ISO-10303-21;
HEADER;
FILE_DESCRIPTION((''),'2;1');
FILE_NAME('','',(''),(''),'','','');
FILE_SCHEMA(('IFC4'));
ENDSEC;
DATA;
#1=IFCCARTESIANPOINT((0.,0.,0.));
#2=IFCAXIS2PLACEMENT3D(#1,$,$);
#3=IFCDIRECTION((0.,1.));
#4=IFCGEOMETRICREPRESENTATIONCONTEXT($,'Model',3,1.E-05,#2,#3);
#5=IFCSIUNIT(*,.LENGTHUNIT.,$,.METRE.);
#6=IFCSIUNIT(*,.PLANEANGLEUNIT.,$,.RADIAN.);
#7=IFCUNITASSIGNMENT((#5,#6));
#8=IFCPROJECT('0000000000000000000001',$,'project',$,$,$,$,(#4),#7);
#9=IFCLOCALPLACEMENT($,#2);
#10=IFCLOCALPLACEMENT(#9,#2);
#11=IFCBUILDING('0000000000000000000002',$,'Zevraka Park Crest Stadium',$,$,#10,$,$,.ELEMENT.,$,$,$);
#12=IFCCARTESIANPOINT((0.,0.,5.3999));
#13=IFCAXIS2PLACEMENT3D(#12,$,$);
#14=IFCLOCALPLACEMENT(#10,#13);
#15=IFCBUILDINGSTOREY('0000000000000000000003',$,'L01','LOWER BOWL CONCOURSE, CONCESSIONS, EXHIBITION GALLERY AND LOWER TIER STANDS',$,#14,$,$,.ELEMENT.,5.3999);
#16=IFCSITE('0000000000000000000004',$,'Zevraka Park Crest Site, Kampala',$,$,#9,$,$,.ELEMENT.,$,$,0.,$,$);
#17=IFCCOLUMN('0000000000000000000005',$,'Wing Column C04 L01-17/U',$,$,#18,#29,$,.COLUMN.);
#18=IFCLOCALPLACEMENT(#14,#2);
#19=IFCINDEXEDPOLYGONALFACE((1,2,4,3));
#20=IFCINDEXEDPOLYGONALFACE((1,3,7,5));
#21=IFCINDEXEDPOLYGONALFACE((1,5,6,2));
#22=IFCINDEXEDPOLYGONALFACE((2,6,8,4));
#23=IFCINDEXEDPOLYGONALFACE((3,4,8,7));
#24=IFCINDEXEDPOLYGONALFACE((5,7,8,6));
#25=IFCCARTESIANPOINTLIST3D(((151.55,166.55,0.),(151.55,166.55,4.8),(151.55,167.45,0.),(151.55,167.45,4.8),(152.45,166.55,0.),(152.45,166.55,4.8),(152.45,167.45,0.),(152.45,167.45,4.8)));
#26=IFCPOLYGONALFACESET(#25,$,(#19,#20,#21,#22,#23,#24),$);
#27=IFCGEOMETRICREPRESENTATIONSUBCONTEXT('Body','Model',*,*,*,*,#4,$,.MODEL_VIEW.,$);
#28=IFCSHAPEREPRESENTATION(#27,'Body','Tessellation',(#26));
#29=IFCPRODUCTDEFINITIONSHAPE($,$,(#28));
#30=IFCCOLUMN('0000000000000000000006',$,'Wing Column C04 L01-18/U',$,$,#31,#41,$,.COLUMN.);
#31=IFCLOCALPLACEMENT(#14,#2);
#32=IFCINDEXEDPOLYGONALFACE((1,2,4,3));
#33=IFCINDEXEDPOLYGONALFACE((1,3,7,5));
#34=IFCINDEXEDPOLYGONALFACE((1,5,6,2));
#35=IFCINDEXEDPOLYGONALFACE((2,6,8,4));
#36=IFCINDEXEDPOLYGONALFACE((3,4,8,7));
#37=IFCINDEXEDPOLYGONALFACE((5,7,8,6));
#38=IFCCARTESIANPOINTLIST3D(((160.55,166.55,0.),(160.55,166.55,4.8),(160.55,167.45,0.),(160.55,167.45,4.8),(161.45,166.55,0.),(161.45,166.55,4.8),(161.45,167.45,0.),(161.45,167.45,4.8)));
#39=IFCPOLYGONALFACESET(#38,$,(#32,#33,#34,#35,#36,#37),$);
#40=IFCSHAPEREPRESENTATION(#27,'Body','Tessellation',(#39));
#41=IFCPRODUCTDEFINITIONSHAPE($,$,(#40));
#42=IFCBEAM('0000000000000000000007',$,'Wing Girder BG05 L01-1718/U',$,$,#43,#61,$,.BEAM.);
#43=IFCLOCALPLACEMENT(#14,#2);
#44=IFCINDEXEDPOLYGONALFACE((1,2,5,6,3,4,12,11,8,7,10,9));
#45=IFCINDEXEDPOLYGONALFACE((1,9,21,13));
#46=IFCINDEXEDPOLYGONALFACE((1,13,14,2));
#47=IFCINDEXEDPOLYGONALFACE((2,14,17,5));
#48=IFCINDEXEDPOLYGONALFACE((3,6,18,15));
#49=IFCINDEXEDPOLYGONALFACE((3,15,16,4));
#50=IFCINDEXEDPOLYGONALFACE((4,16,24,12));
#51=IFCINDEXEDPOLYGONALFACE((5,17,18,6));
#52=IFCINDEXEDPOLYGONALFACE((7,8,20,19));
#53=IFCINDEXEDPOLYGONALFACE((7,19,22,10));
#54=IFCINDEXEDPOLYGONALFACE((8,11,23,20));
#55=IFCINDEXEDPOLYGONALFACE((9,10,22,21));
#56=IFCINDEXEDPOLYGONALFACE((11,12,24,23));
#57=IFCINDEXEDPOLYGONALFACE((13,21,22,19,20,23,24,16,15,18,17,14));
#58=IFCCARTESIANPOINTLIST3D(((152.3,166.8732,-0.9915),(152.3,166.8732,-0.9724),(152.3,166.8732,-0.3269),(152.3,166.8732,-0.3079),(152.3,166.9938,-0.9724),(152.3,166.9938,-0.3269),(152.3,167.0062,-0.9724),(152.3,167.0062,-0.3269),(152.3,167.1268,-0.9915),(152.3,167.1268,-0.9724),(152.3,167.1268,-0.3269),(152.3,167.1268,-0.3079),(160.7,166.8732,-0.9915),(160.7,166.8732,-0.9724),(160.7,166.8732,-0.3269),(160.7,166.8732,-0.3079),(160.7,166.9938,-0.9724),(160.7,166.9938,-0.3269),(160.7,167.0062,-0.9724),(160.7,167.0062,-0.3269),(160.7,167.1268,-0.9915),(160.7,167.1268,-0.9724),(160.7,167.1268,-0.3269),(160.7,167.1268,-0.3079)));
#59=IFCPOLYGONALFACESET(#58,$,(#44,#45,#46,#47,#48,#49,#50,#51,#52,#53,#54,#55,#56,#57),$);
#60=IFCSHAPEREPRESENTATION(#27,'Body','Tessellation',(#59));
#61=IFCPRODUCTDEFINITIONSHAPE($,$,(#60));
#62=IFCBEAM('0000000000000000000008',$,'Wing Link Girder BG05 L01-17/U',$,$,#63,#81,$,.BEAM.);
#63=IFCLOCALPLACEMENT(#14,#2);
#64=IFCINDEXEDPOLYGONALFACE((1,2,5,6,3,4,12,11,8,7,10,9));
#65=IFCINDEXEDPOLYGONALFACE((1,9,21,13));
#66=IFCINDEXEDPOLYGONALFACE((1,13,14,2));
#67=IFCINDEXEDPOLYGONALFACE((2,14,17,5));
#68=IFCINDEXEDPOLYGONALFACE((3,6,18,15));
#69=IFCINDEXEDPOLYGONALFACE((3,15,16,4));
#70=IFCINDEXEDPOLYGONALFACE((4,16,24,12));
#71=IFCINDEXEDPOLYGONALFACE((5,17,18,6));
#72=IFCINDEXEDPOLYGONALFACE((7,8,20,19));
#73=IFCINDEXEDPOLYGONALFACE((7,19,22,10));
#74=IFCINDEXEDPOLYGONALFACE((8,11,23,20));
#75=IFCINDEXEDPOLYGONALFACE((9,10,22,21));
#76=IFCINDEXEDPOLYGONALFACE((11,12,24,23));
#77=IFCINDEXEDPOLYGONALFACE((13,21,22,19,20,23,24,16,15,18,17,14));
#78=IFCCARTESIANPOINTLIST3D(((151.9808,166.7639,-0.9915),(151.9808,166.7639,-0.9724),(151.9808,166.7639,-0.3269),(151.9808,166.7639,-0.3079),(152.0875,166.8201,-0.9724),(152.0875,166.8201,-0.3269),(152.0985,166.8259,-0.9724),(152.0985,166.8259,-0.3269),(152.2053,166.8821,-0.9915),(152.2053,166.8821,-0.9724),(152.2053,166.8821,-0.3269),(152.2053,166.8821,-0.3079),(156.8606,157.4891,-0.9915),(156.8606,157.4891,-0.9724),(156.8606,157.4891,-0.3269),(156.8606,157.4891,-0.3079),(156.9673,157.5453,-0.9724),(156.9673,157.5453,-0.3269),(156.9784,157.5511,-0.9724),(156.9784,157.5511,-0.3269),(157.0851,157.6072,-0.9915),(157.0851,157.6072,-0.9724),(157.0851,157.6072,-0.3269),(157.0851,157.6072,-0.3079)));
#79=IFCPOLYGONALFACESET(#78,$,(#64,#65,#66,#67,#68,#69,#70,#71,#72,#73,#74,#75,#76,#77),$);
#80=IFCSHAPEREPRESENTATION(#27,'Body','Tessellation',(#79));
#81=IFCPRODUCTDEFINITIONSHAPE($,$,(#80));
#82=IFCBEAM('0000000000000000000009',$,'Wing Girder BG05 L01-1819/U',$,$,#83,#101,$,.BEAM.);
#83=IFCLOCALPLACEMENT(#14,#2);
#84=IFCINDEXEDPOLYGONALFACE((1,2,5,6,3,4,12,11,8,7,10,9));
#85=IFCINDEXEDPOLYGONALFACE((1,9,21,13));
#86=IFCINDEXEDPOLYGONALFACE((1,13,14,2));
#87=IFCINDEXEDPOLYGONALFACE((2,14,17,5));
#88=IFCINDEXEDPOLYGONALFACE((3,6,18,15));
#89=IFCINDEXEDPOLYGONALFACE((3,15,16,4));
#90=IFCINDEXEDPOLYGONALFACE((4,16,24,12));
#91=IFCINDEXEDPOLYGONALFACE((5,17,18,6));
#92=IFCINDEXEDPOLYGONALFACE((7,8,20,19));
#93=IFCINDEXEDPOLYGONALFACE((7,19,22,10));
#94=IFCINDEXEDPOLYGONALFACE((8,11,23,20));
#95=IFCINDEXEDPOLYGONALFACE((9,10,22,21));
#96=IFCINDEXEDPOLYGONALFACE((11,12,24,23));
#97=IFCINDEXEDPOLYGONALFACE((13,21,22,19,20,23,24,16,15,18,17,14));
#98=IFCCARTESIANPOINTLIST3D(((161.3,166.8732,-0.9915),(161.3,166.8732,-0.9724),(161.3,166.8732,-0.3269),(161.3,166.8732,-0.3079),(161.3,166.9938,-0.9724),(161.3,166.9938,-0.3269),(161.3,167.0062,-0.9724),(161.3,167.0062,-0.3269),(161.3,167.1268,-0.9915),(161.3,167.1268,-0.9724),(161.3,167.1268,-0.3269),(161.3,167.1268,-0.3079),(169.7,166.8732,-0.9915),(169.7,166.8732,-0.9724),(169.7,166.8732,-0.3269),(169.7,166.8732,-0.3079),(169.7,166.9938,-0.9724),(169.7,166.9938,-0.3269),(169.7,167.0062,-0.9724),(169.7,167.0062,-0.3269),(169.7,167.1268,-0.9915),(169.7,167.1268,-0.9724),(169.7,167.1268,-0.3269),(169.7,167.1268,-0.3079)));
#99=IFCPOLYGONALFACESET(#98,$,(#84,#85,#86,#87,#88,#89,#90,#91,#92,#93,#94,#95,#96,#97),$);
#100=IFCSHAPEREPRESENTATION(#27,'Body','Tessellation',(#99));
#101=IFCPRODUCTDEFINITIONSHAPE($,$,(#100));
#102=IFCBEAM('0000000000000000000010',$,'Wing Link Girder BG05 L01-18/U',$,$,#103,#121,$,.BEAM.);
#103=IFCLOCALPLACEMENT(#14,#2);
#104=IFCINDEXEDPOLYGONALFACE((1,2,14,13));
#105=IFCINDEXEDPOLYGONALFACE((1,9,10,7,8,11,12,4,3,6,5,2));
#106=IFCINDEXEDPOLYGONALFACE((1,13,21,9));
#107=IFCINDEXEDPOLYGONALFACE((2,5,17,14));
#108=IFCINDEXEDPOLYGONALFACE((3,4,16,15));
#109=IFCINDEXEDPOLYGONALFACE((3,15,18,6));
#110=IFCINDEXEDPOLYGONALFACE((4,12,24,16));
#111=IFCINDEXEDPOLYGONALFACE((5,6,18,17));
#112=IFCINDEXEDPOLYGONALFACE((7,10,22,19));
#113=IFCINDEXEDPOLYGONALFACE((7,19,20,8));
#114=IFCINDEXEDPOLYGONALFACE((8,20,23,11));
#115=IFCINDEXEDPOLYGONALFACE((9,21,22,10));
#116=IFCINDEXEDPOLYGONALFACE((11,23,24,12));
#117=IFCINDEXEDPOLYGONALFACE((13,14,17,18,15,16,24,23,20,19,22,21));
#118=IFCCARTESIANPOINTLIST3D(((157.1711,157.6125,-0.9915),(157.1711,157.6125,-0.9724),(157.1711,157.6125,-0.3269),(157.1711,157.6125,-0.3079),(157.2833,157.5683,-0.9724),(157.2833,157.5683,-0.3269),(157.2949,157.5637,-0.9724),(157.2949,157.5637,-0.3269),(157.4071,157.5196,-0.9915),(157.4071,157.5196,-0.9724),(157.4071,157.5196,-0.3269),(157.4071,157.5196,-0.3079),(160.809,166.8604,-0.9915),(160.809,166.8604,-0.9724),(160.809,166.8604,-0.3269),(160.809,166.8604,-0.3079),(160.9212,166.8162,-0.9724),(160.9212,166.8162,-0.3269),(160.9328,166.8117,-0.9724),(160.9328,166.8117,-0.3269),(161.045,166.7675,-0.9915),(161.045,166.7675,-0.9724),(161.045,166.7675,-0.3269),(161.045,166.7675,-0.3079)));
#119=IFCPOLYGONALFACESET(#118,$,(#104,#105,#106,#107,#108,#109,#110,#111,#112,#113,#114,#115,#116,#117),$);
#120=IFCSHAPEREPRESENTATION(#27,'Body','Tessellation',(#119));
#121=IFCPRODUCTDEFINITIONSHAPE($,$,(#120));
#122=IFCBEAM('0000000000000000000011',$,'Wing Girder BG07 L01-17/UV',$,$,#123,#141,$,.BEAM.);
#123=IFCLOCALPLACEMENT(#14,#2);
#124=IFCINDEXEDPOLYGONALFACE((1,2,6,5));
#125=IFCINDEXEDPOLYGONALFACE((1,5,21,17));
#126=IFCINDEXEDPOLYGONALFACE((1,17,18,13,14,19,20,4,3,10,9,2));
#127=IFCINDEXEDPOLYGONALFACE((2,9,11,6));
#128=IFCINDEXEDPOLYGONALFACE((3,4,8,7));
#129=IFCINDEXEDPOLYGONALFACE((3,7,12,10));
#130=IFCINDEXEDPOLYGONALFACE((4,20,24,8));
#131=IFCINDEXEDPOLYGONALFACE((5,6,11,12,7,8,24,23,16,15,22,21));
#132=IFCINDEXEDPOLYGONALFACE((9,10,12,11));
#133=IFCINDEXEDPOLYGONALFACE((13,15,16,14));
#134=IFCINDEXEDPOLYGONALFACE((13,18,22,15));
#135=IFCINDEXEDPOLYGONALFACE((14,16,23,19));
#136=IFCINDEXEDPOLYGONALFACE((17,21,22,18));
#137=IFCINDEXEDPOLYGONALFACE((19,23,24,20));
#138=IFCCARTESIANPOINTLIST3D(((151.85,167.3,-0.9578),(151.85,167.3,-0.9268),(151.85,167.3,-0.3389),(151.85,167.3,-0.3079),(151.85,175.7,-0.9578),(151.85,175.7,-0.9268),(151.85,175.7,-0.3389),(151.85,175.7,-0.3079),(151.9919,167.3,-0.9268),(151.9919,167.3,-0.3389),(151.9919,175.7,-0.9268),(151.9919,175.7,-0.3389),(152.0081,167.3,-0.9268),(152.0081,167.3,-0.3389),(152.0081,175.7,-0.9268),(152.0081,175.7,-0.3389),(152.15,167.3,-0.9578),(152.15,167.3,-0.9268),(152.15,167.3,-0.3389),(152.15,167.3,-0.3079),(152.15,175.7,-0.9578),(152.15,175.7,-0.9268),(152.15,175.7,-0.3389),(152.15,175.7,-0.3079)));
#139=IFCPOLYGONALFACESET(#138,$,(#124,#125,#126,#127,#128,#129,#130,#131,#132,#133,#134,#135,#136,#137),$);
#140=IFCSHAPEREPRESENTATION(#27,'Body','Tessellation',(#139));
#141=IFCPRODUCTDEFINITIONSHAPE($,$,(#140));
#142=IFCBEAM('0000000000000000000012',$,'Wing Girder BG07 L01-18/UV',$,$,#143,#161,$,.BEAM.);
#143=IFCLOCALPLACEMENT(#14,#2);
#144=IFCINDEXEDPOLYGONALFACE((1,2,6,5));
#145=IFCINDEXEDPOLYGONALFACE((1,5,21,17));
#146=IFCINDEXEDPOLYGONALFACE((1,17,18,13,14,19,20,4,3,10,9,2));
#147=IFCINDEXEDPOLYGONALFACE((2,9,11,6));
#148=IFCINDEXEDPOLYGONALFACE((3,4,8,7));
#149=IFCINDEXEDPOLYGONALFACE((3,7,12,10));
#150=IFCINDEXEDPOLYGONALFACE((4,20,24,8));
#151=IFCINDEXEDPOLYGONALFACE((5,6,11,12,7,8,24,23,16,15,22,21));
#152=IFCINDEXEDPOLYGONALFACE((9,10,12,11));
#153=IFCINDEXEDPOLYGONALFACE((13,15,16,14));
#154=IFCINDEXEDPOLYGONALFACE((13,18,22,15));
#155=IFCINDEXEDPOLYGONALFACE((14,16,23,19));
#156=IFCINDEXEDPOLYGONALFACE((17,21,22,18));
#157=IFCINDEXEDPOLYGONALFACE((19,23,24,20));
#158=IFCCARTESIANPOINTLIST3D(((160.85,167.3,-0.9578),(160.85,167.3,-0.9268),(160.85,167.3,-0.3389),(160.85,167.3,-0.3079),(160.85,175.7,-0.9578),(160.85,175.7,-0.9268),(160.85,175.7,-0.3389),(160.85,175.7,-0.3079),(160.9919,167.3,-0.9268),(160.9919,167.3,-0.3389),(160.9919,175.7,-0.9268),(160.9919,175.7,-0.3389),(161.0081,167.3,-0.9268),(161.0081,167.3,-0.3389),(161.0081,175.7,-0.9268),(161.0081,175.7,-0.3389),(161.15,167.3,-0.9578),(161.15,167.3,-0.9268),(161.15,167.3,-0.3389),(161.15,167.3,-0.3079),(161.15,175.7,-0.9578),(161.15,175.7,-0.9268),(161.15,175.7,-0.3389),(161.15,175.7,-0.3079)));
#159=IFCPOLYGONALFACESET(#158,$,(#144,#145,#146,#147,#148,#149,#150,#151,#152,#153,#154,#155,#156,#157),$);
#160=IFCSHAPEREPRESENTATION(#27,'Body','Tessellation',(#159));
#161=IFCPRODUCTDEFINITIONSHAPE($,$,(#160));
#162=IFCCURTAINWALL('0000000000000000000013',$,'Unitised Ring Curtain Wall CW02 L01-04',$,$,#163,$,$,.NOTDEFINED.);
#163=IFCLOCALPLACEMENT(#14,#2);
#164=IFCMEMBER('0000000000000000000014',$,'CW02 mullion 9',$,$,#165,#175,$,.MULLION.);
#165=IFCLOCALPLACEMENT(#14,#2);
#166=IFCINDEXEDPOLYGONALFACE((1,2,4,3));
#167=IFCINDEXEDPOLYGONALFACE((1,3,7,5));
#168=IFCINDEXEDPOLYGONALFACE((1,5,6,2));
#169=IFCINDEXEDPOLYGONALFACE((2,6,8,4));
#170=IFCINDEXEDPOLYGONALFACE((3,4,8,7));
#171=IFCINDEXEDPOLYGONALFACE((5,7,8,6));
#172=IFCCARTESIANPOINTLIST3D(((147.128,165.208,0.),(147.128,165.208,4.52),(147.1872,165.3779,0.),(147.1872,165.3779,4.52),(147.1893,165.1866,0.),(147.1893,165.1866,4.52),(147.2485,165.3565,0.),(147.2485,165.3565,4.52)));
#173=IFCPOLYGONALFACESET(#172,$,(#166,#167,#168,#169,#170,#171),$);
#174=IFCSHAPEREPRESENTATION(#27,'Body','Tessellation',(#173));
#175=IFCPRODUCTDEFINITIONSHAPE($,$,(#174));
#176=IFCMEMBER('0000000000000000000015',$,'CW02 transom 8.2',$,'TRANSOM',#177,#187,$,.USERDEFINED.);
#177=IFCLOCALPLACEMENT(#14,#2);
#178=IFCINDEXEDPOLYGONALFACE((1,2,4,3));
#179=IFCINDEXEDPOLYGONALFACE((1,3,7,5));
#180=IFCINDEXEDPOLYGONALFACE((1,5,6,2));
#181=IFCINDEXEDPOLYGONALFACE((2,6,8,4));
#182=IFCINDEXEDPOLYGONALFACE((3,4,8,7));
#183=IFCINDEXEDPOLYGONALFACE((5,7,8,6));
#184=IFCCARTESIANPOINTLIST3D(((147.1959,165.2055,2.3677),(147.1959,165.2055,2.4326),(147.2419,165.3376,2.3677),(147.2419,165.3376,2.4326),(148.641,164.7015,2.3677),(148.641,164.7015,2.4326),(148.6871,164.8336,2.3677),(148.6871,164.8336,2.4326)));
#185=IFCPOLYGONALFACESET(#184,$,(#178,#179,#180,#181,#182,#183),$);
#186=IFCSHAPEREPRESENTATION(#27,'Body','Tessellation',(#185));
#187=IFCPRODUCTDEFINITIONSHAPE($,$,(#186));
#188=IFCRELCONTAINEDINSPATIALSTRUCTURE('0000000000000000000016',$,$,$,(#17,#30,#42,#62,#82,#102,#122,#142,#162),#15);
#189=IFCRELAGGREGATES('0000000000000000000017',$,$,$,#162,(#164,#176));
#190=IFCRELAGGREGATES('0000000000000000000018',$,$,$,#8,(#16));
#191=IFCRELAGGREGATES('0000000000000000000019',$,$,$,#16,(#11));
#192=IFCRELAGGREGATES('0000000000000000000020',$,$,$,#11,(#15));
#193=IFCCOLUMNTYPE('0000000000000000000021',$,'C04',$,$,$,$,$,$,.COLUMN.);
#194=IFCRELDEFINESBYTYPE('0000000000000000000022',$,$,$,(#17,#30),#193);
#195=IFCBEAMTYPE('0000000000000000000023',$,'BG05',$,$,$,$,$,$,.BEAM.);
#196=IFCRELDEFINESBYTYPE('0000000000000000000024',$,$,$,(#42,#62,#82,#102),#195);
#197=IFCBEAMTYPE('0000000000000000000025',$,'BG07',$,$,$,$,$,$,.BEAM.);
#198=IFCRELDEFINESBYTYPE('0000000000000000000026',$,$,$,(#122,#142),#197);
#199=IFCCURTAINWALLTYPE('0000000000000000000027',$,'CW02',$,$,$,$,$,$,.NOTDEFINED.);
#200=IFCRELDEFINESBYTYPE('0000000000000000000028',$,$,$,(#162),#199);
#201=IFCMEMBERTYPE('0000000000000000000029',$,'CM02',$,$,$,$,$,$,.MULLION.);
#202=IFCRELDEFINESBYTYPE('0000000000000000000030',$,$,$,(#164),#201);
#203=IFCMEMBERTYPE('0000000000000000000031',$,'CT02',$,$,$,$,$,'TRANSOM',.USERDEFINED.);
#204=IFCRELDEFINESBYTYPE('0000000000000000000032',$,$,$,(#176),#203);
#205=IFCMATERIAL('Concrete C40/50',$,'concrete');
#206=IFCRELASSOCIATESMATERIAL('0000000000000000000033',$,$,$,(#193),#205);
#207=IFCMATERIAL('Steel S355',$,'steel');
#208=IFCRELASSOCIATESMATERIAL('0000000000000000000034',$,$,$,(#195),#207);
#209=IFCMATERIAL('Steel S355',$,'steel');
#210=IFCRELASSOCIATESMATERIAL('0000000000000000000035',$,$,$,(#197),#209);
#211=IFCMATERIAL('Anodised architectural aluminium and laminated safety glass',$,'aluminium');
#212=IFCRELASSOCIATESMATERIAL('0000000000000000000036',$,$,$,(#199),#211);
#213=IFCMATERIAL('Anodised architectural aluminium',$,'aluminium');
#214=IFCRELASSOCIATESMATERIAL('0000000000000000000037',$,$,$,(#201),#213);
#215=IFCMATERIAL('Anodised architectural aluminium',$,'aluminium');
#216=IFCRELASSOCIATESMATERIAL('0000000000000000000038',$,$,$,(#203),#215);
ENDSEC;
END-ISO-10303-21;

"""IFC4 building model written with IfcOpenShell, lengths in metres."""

from ifc_helpers import new_model, si_unit, direction, frame, origin, origin_2d, place, context, subcontext, project, spatial, rectangle, i_section, extrude, material, material_profile, profile_set, type_object, element, aggregate, save


model = new_model("IFC4")

# Units and contexts
model_context = context("Model", 3, precision=1e-05, world=origin(), true_north=direction((0.0, 1.0)))
body_context = subcontext(model_context, "Body", "Model", "MODEL_VIEW")
ifc_project = project(units=[si_unit("LENGTHUNIT", "METRE"), si_unit("PLANEANGLEUNIT", "RADIAN")], contexts=[model_context])

# Site, building, storey
site_placement = place(None, origin())
site = spatial("IfcSite", under=ifc_project, at=site_placement, Name="Zevraka Park Crest Site, Kampala", CompositionType="ELEMENT", RefElevation=0.0)
building_placement = place(site_placement, origin())
building = spatial("IfcBuilding", under=site, at=building_placement, Name="Zevraka Park Crest Stadium", CompositionType="ELEMENT")
storey_placement = place(building_placement, frame((0.0, 0.0, 5.3999)))
storey = spatial("IfcBuildingStorey", under=building, at=storey_placement, Name="L01", Description="LOWER BOWL CONCOURSE, CONCESSIONS, EXHIBITION GALLERY AND LOWER TIER STANDS", CompositionType="ELEMENT", Elevation=5.3999)

# Columns
ifc_material_1 = material(Name="Concrete C40/50", Category="concrete")
ifc_material_profile_1 = material_profile(ifc_material_1, rectangle(XDim=0.8999, YDim=0.8999, at=origin_2d()), Name="RC 900x900")
ifc_profile_set_1 = profile_set([ifc_material_profile_1], Name="Concrete C40/50")
column_type = type_object("IfcColumnType", Name="C04", PredefinedType="COLUMN", material=ifc_profile_set_1)
for number, where, z_axis, x_axis, name in (
    (1, (152.0, 167.0, 0.0), (0.0, 0.0, 1.0), (1.0, 0.0, 0.0), "Wing Column C04 L01-17/U"),
    (2, (161.0, 167.0, 0.0), (0.0, 0.0, 1.0), (1.0, 0.0, 0.0), "Wing Column C04 L01-18/U"),
):
    element("IfcColumn", number, at=place(storey_placement, frame(where, z_axis=z_axis, x_axis=x_axis)), inside=storey, type_object=column_type, Name=name, PredefinedType="COLUMN", context=body_context, shape_type="SweptSolid", body=[
        extrude(rectangle(XDim=0.8999, YDim=0.8999, at=origin_2d()), origin(), (0.0, 0.0, 1.0), 4.8),
    ])

# Beams
ifc_material_2 = material(Name="Steel S355", Category="steel")
ifc_material_profile_2 = material_profile(ifc_material_2, i_section(OverallWidth=0.2537, OverallDepth=0.6836, WebThickness=0.0125, FlangeThickness=0.019, at=origin_2d()), Name="UKB 686x254x140")
ifc_profile_set_2 = profile_set([ifc_material_profile_2], Name="Steel S355")
beam_type_1 = type_object("IfcBeamType", Name="BG05", PredefinedType="BEAM", material=ifc_profile_set_2)
beam_1_placement = place(storey_placement, frame((152.3, 167.0, -0.6497), z_axis=(1.0, 0.0, 0.0), x_axis=(0.0, 1.0, 0.0)))
element("IfcBeam", 3, at=beam_1_placement, inside=storey, type_object=beam_type_1, Name="Wing Girder BG05 L01-1718/U", PredefinedType="BEAM", context=body_context, shape_type="SweptSolid", body=[
    extrude(i_section(OverallWidth=0.2537, OverallDepth=0.6836, WebThickness=0.0125, FlangeThickness=0.019, at=origin_2d()), origin(), (0.0, 0.0, 1.0), 8.3999),
])
beam_2_placement = place(storey_placement, frame((152.093, 166.823, -0.6497), z_axis=(0.465624, -0.884983, 0.0), x_axis=(0.884983, 0.465624, 0.0)))
element("IfcBeam", 4, at=beam_2_placement, inside=storey, type_object=beam_type_1, Name="Wing Link Girder BG05 L01-17/U", PredefinedType="BEAM", context=body_context, shape_type="SweptSolid", body=[
    extrude(i_section(OverallWidth=0.2537, OverallDepth=0.6836, WebThickness=0.0125, FlangeThickness=0.019, at=origin_2d()), origin(), (0.0, 0.0, 1.0), 10.4802),
])
beam_3_placement = place(storey_placement, frame((161.3, 167.0, -0.6497), z_axis=(1.0, 0.0, 0.0), x_axis=(0.0, 1.0, 0.0)))
element("IfcBeam", 5, at=beam_3_placement, inside=storey, type_object=beam_type_1, Name="Wing Girder BG05 L01-1819/U", PredefinedType="BEAM", context=body_context, shape_type="SweptSolid", body=[
    extrude(i_section(OverallWidth=0.2537, OverallDepth=0.6836, WebThickness=0.0125, FlangeThickness=0.019, at=origin_2d()), origin(), (0.0, 0.0, 1.0), 8.3999),
])
beam_4_placement = place(storey_placement, frame((160.927, 166.814, -0.6497), z_axis=(-0.366069, -0.930588, 0.0), x_axis=(0.930588, -0.366069, 0.0)))
element("IfcBeam", 6, at=beam_4_placement, inside=storey, type_object=beam_type_1, Name="Wing Link Girder BG05 L01-18/U", PredefinedType="BEAM", context=body_context, shape_type="SweptSolid", body=[
    extrude(i_section(OverallWidth=0.2537, OverallDepth=0.6836, WebThickness=0.0125, FlangeThickness=0.019, at=origin_2d()), origin(), (0.0, 0.0, 1.0), 9.9377),
])
ifc_material_3 = material(Name="Steel S355", Category="steel")
ifc_material_profile_3 = material_profile(ifc_material_3, i_section(OverallWidth=0.3, OverallDepth=0.6499, WebThickness=0.0161, FlangeThickness=0.031, at=origin_2d()), Name="HEB 650")
ifc_profile_set_3 = profile_set([ifc_material_profile_3], Name="Steel S355")
beam_type_2 = type_object("IfcBeamType", Name="BG07", PredefinedType="BEAM", material=ifc_profile_set_3)
for number, where, z_axis, x_axis, name in (
    (7, (152.0, 167.3, -0.6328), (0.0, 1.0, 0.0), (-1.0, 0.0, 0.0), "Wing Girder BG07 L01-17/UV"),
    (8, (161.0, 167.3, -0.6328), (0.0, 1.0, 0.0), (-1.0, 0.0, 0.0), "Wing Girder BG07 L01-18/UV"),
):
    element("IfcBeam", number, at=place(storey_placement, frame(where, z_axis=z_axis, x_axis=x_axis)), inside=storey, type_object=beam_type_2, Name=name, PredefinedType="BEAM", context=body_context, shape_type="SweptSolid", body=[
        extrude(i_section(OverallWidth=0.3, OverallDepth=0.6499, WebThickness=0.0161, FlangeThickness=0.031, at=origin_2d()), origin(), (0.0, 0.0, 1.0), 8.3999),
    ])

# Curtain wall, members
ifc_material_4 = material(Name="Anodised architectural aluminium and laminated safety glass", Category="aluminium")
curtain_wall_type = type_object("IfcCurtainWallType", Name="CW02", PredefinedType="NOTDEFINED", material=ifc_material_4)
curtain_wall_placement = place(storey_placement, origin())
curtain_wall = element("IfcCurtainWall", 9, at=curtain_wall_placement, inside=storey, type_object=curtain_wall_type, Name="Unitised Ring Curtain Wall CW02 L01-04", PredefinedType="NOTDEFINED")
ifc_material_5 = material(Name="Anodised architectural aluminium", Category="aluminium")
ifc_material_profile_4 = material_profile(ifc_material_5, rectangle(XDim=0.1799, YDim=0.0649, at=origin_2d()), Name="ALU MULLION 180x65")
ifc_profile_set_4 = profile_set([ifc_material_profile_4], Name="Anodised architectural aluminium")
member_type_1 = type_object("IfcMemberType", Name="CM02", PredefinedType="MULLION", material=ifc_profile_set_4)
member_1_placement = place(storey_placement, frame((147.1882, 165.2822, 0.0), z_axis=(0.0, 0.0, 1.0), x_axis=(-0.329209, -0.944257, 0.0)))
member_1 = element("IfcMember", 10, at=member_1_placement, type_object=member_type_1, Name="CW02 mullion 9", PredefinedType="MULLION", context=body_context, shape_type="SweptSolid", body=[
    extrude(rectangle(XDim=0.1799, YDim=0.0649, at=origin_2d()), origin(), (0.0, 0.0, 1.0), 4.52),
])
ifc_material_6 = material(Name="Anodised architectural aluminium", Category="aluminium")
ifc_material_profile_5 = material_profile(ifc_material_6, rectangle(XDim=0.1399, YDim=0.0649, at=origin_2d()), Name="ALU TRANSOM 140x65")
ifc_profile_set_5 = profile_set([ifc_material_profile_5], Name="Anodised architectural aluminium")
member_type_2 = type_object("IfcMemberType", Name="CT02", ElementType="TRANSOM", PredefinedType="USERDEFINED", material=ifc_profile_set_5)
member_2_placement = place(storey_placement, frame((148.6641, 164.7676, 2.4001), z_axis=(-0.944238, 0.329263, 0.0), x_axis=(-0.329263, -0.944238, 0.0)))
member_2 = element("IfcMember", 11, at=member_2_placement, type_object=member_type_2, Name="CW02 transom 8.2", ObjectType="TRANSOM", PredefinedType="USERDEFINED", context=body_context, shape_type="SweptSolid", body=[
    extrude(rectangle(XDim=0.1399, YDim=0.0649, at=origin_2d()), origin(), (0.0, 0.0, 1.0), 1.5305),
])

aggregate(curtain_wall, [member_1, member_2])

save(model, "model.ifc")
